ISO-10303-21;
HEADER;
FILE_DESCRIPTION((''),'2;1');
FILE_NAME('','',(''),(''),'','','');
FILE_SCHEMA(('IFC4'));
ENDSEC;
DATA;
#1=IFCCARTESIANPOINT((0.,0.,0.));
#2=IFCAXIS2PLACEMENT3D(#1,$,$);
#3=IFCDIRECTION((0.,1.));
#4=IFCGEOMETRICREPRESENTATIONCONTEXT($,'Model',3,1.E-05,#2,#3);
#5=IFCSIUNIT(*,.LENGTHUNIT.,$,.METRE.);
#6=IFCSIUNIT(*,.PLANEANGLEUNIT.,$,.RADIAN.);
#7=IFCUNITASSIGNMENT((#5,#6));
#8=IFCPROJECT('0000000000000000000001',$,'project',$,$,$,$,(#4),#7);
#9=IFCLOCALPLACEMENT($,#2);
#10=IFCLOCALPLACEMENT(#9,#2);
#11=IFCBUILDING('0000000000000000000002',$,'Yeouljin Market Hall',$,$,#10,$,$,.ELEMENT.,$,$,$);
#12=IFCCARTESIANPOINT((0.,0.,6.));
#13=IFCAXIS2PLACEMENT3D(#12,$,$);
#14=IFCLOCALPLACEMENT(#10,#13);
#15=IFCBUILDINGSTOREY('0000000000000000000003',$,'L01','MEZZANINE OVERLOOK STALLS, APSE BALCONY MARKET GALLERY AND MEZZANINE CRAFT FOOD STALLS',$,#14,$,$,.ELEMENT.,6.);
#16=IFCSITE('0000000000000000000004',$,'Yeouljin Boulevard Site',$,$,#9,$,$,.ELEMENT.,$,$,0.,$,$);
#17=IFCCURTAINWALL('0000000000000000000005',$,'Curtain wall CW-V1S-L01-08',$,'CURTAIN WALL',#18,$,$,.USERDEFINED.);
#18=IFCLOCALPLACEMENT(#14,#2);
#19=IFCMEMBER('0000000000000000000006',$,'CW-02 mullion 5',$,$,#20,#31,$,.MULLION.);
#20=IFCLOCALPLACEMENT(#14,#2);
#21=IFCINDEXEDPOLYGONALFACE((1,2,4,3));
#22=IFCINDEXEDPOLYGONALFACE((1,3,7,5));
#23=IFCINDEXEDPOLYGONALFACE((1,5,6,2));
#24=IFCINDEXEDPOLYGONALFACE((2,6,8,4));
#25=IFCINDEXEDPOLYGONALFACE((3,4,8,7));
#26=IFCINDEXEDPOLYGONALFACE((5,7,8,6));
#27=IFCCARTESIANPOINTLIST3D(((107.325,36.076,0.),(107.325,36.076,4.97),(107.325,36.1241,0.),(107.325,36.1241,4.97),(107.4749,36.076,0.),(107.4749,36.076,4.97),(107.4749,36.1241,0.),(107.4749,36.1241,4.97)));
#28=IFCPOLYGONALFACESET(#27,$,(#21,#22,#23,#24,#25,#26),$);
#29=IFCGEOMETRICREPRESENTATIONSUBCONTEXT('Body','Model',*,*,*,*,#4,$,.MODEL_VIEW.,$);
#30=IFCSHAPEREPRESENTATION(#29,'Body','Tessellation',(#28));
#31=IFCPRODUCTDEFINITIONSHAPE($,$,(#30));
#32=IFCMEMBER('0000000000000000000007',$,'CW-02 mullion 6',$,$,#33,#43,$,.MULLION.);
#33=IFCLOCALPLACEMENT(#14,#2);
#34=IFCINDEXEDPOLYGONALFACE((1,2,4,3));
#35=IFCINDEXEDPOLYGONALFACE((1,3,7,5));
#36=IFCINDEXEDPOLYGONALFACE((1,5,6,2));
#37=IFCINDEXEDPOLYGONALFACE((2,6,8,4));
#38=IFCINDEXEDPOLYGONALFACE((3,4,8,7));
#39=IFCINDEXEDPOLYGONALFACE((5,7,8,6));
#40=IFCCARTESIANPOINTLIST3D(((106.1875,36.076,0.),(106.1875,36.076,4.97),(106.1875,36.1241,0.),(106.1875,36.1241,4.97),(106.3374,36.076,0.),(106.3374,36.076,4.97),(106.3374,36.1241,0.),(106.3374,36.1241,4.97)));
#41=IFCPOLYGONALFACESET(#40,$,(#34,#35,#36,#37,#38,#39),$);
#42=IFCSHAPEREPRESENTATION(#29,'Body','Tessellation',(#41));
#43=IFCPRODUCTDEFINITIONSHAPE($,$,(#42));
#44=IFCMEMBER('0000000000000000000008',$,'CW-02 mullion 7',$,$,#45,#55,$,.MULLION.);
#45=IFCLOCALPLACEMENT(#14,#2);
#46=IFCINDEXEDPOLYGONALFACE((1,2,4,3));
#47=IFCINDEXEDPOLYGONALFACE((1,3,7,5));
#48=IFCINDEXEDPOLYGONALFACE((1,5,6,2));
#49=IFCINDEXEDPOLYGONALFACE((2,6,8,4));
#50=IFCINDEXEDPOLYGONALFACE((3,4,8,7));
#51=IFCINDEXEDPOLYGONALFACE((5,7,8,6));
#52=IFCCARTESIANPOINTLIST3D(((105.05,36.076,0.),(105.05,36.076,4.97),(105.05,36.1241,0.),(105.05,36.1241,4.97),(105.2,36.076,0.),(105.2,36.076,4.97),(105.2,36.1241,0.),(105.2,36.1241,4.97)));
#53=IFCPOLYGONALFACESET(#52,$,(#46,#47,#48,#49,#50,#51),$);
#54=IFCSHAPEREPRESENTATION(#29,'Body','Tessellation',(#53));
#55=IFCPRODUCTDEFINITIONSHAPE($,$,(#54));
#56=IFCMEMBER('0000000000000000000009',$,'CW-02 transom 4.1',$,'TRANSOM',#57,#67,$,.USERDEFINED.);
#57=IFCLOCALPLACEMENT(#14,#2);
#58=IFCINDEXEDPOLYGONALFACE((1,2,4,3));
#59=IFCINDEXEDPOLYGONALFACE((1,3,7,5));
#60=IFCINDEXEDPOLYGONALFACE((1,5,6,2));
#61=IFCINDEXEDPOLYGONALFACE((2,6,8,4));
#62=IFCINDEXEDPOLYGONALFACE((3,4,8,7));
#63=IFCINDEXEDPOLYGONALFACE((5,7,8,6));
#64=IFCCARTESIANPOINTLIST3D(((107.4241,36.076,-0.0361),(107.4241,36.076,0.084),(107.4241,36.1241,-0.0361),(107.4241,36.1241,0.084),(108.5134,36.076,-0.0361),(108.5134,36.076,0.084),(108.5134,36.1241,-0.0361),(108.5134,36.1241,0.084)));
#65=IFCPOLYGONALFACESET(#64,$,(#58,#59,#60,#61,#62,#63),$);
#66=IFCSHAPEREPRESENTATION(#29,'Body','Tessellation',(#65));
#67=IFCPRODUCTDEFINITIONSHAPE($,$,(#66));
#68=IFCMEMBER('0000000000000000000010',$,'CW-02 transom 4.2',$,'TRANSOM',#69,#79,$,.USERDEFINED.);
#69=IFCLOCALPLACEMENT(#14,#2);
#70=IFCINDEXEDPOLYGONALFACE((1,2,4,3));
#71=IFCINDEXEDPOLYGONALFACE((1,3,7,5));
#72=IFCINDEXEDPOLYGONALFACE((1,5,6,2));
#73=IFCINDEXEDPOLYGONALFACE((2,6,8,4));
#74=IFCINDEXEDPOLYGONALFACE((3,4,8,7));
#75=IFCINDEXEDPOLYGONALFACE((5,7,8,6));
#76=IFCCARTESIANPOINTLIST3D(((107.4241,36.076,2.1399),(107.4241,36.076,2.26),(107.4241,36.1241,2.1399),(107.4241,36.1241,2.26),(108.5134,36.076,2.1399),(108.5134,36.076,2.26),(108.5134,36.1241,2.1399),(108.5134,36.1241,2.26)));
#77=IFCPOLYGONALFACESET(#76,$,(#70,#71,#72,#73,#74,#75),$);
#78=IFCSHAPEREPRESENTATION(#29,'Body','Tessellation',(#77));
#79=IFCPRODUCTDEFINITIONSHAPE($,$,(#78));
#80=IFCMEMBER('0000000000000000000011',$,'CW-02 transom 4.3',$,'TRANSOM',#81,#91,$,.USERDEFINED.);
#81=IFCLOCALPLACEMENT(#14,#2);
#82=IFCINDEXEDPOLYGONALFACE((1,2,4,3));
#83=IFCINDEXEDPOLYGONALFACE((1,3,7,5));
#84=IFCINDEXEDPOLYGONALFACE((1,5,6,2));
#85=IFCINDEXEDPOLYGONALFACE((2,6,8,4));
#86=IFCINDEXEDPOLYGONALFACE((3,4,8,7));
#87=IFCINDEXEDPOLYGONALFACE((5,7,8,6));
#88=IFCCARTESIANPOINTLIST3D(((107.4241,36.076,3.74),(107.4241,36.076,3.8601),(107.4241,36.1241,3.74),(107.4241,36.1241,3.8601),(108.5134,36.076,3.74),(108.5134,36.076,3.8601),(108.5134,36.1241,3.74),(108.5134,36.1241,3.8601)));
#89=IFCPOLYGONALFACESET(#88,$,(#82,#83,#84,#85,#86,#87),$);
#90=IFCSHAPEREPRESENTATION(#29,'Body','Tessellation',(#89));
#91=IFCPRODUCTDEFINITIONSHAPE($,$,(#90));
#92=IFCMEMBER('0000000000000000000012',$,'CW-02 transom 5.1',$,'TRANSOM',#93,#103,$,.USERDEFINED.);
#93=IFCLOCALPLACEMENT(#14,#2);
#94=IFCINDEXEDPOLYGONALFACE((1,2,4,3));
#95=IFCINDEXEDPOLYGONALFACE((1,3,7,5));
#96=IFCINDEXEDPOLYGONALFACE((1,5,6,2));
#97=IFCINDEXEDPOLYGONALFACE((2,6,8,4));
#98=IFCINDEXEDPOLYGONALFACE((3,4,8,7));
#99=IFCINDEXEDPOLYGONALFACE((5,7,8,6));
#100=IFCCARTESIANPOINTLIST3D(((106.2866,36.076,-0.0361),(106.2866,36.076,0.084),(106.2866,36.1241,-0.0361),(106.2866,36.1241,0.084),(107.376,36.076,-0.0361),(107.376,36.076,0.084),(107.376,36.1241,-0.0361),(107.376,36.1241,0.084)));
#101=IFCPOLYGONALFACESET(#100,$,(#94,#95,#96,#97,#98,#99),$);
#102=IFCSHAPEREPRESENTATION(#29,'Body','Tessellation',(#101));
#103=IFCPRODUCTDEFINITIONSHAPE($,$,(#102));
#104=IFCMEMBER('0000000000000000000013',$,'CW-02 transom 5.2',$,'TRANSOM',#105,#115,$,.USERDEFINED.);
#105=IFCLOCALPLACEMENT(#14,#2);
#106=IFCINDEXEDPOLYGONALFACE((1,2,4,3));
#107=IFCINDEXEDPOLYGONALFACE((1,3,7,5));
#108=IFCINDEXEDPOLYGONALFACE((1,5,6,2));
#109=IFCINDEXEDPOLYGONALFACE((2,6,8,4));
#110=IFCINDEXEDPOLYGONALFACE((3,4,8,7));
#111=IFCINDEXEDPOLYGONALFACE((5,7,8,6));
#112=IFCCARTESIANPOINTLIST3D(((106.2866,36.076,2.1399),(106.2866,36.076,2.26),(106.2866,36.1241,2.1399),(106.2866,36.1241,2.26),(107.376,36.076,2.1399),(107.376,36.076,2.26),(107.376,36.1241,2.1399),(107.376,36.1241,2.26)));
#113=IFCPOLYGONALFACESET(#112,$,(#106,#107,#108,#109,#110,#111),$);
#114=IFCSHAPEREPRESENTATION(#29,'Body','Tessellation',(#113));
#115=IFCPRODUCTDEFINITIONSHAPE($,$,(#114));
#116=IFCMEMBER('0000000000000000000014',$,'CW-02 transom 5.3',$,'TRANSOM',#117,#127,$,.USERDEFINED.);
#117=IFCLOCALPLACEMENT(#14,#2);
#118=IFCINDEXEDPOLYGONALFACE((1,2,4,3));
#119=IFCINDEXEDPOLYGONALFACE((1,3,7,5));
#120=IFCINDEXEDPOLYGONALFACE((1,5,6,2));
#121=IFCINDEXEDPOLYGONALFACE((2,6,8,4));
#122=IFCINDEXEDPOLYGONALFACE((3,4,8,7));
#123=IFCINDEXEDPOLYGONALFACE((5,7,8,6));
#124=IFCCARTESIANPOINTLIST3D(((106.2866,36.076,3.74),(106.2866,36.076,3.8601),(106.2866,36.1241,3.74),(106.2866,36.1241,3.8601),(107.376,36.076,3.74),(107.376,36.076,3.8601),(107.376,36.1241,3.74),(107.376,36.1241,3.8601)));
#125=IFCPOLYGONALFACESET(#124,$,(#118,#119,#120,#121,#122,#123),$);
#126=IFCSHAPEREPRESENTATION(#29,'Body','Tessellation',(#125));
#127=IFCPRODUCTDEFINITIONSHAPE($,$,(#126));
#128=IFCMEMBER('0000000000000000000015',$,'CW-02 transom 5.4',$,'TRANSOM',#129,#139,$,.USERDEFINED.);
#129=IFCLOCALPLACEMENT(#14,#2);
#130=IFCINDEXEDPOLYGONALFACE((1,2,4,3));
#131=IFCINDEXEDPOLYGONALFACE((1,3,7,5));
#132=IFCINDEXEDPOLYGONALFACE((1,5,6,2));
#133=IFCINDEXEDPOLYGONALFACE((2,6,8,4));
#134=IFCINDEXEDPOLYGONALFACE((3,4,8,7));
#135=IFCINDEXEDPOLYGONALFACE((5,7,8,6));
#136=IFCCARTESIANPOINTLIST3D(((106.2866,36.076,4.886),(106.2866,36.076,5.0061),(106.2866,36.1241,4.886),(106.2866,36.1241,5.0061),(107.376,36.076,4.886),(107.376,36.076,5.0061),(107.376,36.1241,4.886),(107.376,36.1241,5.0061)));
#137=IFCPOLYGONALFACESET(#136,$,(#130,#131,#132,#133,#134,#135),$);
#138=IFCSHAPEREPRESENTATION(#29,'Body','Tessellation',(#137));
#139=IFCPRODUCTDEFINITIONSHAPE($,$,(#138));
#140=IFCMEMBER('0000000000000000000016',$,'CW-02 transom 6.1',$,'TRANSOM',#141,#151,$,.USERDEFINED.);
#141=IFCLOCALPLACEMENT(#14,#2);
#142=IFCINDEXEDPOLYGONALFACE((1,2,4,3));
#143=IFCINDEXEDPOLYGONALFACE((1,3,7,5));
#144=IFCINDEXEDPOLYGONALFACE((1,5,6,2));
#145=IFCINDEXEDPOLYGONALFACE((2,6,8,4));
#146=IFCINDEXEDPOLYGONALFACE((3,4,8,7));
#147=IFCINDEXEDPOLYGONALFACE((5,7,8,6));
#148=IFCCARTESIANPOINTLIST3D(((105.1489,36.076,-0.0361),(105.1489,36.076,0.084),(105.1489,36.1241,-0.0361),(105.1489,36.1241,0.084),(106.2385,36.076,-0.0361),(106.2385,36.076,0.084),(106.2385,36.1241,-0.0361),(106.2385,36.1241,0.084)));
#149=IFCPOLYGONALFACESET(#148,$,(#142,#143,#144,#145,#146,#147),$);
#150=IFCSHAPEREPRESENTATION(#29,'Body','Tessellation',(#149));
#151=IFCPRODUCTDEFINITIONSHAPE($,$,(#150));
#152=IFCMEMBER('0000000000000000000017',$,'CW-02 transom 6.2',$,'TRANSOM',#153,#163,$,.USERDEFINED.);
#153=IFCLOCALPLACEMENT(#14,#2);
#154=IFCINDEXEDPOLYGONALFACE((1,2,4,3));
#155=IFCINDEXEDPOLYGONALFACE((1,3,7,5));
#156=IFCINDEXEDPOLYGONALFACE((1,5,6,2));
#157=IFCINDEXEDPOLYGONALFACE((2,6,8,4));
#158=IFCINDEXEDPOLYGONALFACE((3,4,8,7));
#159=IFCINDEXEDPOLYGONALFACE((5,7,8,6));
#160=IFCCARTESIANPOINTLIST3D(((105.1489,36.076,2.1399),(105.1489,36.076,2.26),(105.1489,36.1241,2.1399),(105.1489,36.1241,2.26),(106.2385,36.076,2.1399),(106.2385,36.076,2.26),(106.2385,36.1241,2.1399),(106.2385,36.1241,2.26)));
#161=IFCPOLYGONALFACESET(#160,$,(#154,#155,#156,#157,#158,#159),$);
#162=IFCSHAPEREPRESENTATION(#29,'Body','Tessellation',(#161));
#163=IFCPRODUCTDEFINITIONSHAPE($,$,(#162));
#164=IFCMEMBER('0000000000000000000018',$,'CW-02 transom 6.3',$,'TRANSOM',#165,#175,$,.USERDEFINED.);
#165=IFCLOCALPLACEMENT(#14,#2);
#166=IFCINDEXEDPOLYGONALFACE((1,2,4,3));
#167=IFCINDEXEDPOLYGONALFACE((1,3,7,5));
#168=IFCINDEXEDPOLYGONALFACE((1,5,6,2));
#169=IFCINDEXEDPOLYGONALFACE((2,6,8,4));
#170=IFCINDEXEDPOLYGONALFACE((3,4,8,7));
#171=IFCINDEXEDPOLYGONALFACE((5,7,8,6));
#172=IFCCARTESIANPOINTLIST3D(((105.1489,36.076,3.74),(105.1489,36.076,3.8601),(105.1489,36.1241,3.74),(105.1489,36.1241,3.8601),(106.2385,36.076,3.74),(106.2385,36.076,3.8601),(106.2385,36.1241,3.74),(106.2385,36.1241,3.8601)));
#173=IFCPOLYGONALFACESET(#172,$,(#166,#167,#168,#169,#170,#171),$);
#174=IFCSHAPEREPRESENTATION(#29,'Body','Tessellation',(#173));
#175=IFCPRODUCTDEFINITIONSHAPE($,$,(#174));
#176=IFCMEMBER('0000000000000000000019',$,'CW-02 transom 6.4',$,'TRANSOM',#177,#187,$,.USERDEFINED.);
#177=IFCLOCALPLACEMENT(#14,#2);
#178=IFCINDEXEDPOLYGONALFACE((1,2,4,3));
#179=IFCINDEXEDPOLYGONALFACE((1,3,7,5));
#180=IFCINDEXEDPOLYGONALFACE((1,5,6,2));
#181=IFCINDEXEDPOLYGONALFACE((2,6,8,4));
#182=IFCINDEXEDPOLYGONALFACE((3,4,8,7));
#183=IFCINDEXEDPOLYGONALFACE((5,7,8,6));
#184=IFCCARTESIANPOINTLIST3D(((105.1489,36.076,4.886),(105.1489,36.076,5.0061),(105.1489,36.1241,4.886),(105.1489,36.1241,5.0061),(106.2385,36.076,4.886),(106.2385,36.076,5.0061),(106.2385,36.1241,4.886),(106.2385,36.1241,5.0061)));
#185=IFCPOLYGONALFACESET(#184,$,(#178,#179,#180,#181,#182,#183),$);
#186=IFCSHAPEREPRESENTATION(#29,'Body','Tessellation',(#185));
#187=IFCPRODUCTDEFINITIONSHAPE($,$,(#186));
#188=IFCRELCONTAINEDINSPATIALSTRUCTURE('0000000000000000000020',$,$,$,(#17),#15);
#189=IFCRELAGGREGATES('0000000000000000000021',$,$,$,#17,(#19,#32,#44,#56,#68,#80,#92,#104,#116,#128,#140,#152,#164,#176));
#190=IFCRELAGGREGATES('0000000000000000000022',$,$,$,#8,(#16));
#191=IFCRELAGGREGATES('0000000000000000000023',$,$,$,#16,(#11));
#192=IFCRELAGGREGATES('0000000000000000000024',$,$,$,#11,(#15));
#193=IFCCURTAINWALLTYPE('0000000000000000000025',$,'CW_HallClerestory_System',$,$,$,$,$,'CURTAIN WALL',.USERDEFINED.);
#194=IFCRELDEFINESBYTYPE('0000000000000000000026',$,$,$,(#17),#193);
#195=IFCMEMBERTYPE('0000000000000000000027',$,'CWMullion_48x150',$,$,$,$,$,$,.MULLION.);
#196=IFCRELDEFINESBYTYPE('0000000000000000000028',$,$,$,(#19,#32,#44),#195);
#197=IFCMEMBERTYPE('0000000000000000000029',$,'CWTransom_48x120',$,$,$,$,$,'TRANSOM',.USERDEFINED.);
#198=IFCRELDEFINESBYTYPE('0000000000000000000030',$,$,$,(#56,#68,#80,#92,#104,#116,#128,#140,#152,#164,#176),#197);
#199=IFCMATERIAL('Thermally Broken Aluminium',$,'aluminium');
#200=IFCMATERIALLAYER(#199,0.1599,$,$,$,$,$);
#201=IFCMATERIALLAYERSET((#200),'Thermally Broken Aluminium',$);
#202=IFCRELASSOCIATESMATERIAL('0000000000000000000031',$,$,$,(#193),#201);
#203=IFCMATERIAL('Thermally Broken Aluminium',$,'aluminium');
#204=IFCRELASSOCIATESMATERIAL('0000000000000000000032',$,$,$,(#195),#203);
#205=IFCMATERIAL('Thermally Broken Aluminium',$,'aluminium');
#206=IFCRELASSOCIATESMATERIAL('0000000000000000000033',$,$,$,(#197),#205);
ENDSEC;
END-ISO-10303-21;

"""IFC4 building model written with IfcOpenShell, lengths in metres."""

from ifc_helpers import new_model, si_unit, direction, frame, origin, origin_2d, place, context, subcontext, project, spatial, rectangle, extrude, material, layer, layer_set, material_profile, profile_set, type_object, element, aggregate, save


model = new_model("IFC4")

# Units and contexts
model_context = context("Model", 3, precision=1e-05, world=origin(), true_north=direction((0.0, 1.0)))
body_context = subcontext(model_context, "Body", "Model", "MODEL_VIEW")
ifc_project = project(units=[si_unit("LENGTHUNIT", "METRE"), si_unit("PLANEANGLEUNIT", "RADIAN")], contexts=[model_context])

# Site, building, storey
site_placement = place(None, origin())
site = spatial("IfcSite", under=ifc_project, at=site_placement, Name="Yeouljin Boulevard Site", CompositionType="ELEMENT", RefElevation=0.0)
building_placement = place(site_placement, origin())
building = spatial("IfcBuilding", under=site, at=building_placement, Name="Yeouljin Market Hall", CompositionType="ELEMENT")
storey_placement = place(building_placement, frame((0.0, 0.0, 6.0)))
storey = spatial("IfcBuildingStorey", under=building, at=storey_placement, Name="L01", Description="MEZZANINE OVERLOOK STALLS, APSE BALCONY MARKET GALLERY AND MEZZANINE CRAFT FOOD STALLS", CompositionType="ELEMENT", Elevation=6.0)

# Curtain wall, members
ifc_material_1 = material(Name="Thermally Broken Aluminium", Category="aluminium")
ifc_layer_1 = layer(ifc_material_1, 0.1599)
ifc_layer_set_1 = layer_set([ifc_layer_1], Name="Thermally Broken Aluminium")
curtain_wall_type = type_object("IfcCurtainWallType", Name="CW_HallClerestory_System", ElementType="CURTAIN WALL", PredefinedType="USERDEFINED", material=ifc_layer_set_1)
curtain_wall_placement = place(storey_placement, origin())
curtain_wall = element("IfcCurtainWall", 1, at=curtain_wall_placement, inside=storey, type_object=curtain_wall_type, Name="Curtain wall CW-V1S-L01-08", ObjectType="CURTAIN WALL", PredefinedType="USERDEFINED")
ifc_material_2 = material(Name="Thermally Broken Aluminium", Category="aluminium")
ifc_material_profile_1 = material_profile(ifc_material_2, rectangle(XDim=0.0481, YDim=0.1499, at=origin_2d()), Name="CW-MULL-48x150")
ifc_profile_set_1 = profile_set([ifc_material_profile_1], Name="Thermally Broken Aluminium")
member_type_1 = type_object("IfcMemberType", Name="CWMullion_48x150", PredefinedType="MULLION", material=ifc_profile_set_1)
member_1_placement = place(storey_placement, frame((107.3999, 36.1001, 0.0), z_axis=(0.0, 0.0, 1.0), x_axis=(0.0, -1.0, 0.0)))
member_1 = element("IfcMember", 2, at=member_1_placement, type_object=member_type_1, Name="CW-02 mullion 5", PredefinedType="MULLION", context=body_context, shape_type="SweptSolid", body=[
    extrude(rectangle(XDim=0.0481, YDim=0.1499, at=origin_2d()), origin(), (0.0, 0.0, 1.0), 4.97),
])
member_2_placement = place(storey_placement, frame((106.2625, 36.1001, 0.0), z_axis=(0.0, 0.0, 1.0), x_axis=(0.0, -1.0, 0.0)))
member_2 = element("IfcMember", 3, at=member_2_placement, type_object=member_type_1, Name="CW-02 mullion 6", PredefinedType="MULLION", context=body_context, shape_type="SweptSolid", body=[
    extrude(rectangle(XDim=0.0481, YDim=0.1499, at=origin_2d()), origin(), (0.0, 0.0, 1.0), 4.97),
])
member_3_placement = place(storey_placement, frame((105.125, 36.1001, 0.0), z_axis=(0.0, 0.0, 1.0), x_axis=(0.0, -1.0, 0.0)))
member_3 = element("IfcMember", 4, at=member_3_placement, type_object=member_type_1, Name="CW-02 mullion 7", PredefinedType="MULLION", context=body_context, shape_type="SweptSolid", body=[
    extrude(rectangle(XDim=0.0481, YDim=0.1499, at=origin_2d()), origin(), (0.0, 0.0, 1.0), 4.97),
])
ifc_material_3 = material(Name="Thermally Broken Aluminium", Category="aluminium")
ifc_material_profile_2 = material_profile(ifc_material_3, rectangle(XDim=0.0481, YDim=0.1201, at=origin_2d()), Name="CW-TRAN-48x120")
ifc_profile_set_2 = profile_set([ifc_material_profile_2], Name="Thermally Broken Aluminium")
member_type_2 = type_object("IfcMemberType", Name="CWTransom_48x120", ElementType="TRANSOM", PredefinedType="USERDEFINED", material=ifc_profile_set_2)
member_4_placement = place(storey_placement, frame((108.5134, 36.1001, 0.0239), z_axis=(-1.0, 0.0, 0.0), x_axis=(0.0, -1.0, 0.0)))
member_4 = element("IfcMember", 5, at=member_4_placement, type_object=member_type_2, Name="CW-02 transom 4.1", ObjectType="TRANSOM", PredefinedType="USERDEFINED", context=body_context, shape_type="SweptSolid", body=[
    extrude(rectangle(XDim=0.0481, YDim=0.1201, at=origin_2d()), origin(), (0.0, 0.0, 1.0), 1.0894),
])
member_5_placement = place(storey_placement, frame((108.5134, 36.1001, 2.2), z_axis=(-1.0, 0.0, 0.0), x_axis=(0.0, -1.0, 0.0)))
member_5 = element("IfcMember", 6, at=member_5_placement, type_object=member_type_2, Name="CW-02 transom 4.2", ObjectType="TRANSOM", PredefinedType="USERDEFINED", context=body_context, shape_type="SweptSolid", body=[
    extrude(rectangle(XDim=0.0481, YDim=0.1201, at=origin_2d()), origin(), (0.0, 0.0, 1.0), 1.0894),
])
member_6_placement = place(storey_placement, frame((108.5134, 36.1001, 3.8), z_axis=(-1.0, 0.0, 0.0), x_axis=(0.0, -1.0, 0.0)))
member_6 = element("IfcMember", 7, at=member_6_placement, type_object=member_type_2, Name="CW-02 transom 4.3", ObjectType="TRANSOM", PredefinedType="USERDEFINED", context=body_context, shape_type="SweptSolid", body=[
    extrude(rectangle(XDim=0.0481, YDim=0.1201, at=origin_2d()), origin(), (0.0, 0.0, 1.0), 1.0894),
])
member_7_placement = place(storey_placement, frame((107.376, 36.1001, 0.0239), z_axis=(-1.0, 0.0, 0.0), x_axis=(0.0, -1.0, 0.0)))
member_7 = element("IfcMember", 8, at=member_7_placement, type_object=member_type_2, Name="CW-02 transom 5.1", ObjectType="TRANSOM", PredefinedType="USERDEFINED", context=body_context, shape_type="SweptSolid", body=[
    extrude(rectangle(XDim=0.0481, YDim=0.1201, at=origin_2d()), origin(), (0.0, 0.0, 1.0), 1.0894),
])
member_8_placement = place(storey_placement, frame((107.376, 36.1001, 2.2), z_axis=(-1.0, 0.0, 0.0), x_axis=(0.0, -1.0, 0.0)))
member_8 = element("IfcMember", 9, at=member_8_placement, type_object=member_type_2, Name="CW-02 transom 5.2", ObjectType="TRANSOM", PredefinedType="USERDEFINED", context=body_context, shape_type="SweptSolid", body=[
    extrude(rectangle(XDim=0.0481, YDim=0.1201, at=origin_2d()), origin(), (0.0, 0.0, 1.0), 1.0894),
])
member_9_placement = place(storey_placement, frame((107.376, 36.1001, 3.8), z_axis=(-1.0, 0.0, 0.0), x_axis=(0.0, -1.0, 0.0)))
member_9 = element("IfcMember", 10, at=member_9_placement, type_object=member_type_2, Name="CW-02 transom 5.3", ObjectType="TRANSOM", PredefinedType="USERDEFINED", context=body_context, shape_type="SweptSolid", body=[
    extrude(rectangle(XDim=0.0481, YDim=0.1201, at=origin_2d()), origin(), (0.0, 0.0, 1.0), 1.0894),
])
member_10_placement = place(storey_placement, frame((107.376, 36.1001, 4.946), z_axis=(-1.0, 0.0, 0.0), x_axis=(0.0, -1.0, 0.0)))
member_10 = element("IfcMember", 11, at=member_10_placement, type_object=member_type_2, Name="CW-02 transom 5.4", ObjectType="TRANSOM", PredefinedType="USERDEFINED", context=body_context, shape_type="SweptSolid", body=[
    extrude(rectangle(XDim=0.0481, YDim=0.1201, at=origin_2d()), origin(), (0.0, 0.0, 1.0), 1.0894),
])
member_11_placement = place(storey_placement, frame((106.2385, 36.1001, 0.0239), z_axis=(-1.0, 0.0, 0.0), x_axis=(0.0, -1.0, 0.0)))
member_11 = element("IfcMember", 12, at=member_11_placement, type_object=member_type_2, Name="CW-02 transom 6.1", ObjectType="TRANSOM", PredefinedType="USERDEFINED", context=body_context, shape_type="SweptSolid", body=[
    extrude(rectangle(XDim=0.0481, YDim=0.1201, at=origin_2d()), origin(), (0.0, 0.0, 1.0), 1.0896),
])
member_12_placement = place(storey_placement, frame((106.2385, 36.1001, 2.2), z_axis=(-1.0, 0.0, 0.0), x_axis=(0.0, -1.0, 0.0)))
member_12 = element("IfcMember", 13, at=member_12_placement, type_object=member_type_2, Name="CW-02 transom 6.2", ObjectType="TRANSOM", PredefinedType="USERDEFINED", context=body_context, shape_type="SweptSolid", body=[
    extrude(rectangle(XDim=0.0481, YDim=0.1201, at=origin_2d()), origin(), (0.0, 0.0, 1.0), 1.0896),
])
member_13_placement = place(storey_placement, frame((106.2385, 36.1001, 3.8), z_axis=(-1.0, 0.0, 0.0), x_axis=(0.0, -1.0, 0.0)))
member_13 = element("IfcMember", 14, at=member_13_placement, type_object=member_type_2, Name="CW-02 transom 6.3", ObjectType="TRANSOM", PredefinedType="USERDEFINED", context=body_context, shape_type="SweptSolid", body=[
    extrude(rectangle(XDim=0.0481, YDim=0.1201, at=origin_2d()), origin(), (0.0, 0.0, 1.0), 1.0896),
])
member_14_placement = place(storey_placement, frame((106.2385, 36.1001, 4.946), z_axis=(-1.0, 0.0, 0.0), x_axis=(0.0, -1.0, 0.0)))
member_14 = element("IfcMember", 15, at=member_14_placement, type_object=member_type_2, Name="CW-02 transom 6.4", ObjectType="TRANSOM", PredefinedType="USERDEFINED", context=body_context, shape_type="SweptSolid", body=[
    extrude(rectangle(XDim=0.0481, YDim=0.1201, at=origin_2d()), origin(), (0.0, 0.0, 1.0), 1.0896),
])
aggregate(curtain_wall, [member_1, member_2, member_3, member_4, member_5, member_6, member_7, member_8, member_9, member_10, member_11, member_12, member_13, member_14])

save(model, "model.ifc")
